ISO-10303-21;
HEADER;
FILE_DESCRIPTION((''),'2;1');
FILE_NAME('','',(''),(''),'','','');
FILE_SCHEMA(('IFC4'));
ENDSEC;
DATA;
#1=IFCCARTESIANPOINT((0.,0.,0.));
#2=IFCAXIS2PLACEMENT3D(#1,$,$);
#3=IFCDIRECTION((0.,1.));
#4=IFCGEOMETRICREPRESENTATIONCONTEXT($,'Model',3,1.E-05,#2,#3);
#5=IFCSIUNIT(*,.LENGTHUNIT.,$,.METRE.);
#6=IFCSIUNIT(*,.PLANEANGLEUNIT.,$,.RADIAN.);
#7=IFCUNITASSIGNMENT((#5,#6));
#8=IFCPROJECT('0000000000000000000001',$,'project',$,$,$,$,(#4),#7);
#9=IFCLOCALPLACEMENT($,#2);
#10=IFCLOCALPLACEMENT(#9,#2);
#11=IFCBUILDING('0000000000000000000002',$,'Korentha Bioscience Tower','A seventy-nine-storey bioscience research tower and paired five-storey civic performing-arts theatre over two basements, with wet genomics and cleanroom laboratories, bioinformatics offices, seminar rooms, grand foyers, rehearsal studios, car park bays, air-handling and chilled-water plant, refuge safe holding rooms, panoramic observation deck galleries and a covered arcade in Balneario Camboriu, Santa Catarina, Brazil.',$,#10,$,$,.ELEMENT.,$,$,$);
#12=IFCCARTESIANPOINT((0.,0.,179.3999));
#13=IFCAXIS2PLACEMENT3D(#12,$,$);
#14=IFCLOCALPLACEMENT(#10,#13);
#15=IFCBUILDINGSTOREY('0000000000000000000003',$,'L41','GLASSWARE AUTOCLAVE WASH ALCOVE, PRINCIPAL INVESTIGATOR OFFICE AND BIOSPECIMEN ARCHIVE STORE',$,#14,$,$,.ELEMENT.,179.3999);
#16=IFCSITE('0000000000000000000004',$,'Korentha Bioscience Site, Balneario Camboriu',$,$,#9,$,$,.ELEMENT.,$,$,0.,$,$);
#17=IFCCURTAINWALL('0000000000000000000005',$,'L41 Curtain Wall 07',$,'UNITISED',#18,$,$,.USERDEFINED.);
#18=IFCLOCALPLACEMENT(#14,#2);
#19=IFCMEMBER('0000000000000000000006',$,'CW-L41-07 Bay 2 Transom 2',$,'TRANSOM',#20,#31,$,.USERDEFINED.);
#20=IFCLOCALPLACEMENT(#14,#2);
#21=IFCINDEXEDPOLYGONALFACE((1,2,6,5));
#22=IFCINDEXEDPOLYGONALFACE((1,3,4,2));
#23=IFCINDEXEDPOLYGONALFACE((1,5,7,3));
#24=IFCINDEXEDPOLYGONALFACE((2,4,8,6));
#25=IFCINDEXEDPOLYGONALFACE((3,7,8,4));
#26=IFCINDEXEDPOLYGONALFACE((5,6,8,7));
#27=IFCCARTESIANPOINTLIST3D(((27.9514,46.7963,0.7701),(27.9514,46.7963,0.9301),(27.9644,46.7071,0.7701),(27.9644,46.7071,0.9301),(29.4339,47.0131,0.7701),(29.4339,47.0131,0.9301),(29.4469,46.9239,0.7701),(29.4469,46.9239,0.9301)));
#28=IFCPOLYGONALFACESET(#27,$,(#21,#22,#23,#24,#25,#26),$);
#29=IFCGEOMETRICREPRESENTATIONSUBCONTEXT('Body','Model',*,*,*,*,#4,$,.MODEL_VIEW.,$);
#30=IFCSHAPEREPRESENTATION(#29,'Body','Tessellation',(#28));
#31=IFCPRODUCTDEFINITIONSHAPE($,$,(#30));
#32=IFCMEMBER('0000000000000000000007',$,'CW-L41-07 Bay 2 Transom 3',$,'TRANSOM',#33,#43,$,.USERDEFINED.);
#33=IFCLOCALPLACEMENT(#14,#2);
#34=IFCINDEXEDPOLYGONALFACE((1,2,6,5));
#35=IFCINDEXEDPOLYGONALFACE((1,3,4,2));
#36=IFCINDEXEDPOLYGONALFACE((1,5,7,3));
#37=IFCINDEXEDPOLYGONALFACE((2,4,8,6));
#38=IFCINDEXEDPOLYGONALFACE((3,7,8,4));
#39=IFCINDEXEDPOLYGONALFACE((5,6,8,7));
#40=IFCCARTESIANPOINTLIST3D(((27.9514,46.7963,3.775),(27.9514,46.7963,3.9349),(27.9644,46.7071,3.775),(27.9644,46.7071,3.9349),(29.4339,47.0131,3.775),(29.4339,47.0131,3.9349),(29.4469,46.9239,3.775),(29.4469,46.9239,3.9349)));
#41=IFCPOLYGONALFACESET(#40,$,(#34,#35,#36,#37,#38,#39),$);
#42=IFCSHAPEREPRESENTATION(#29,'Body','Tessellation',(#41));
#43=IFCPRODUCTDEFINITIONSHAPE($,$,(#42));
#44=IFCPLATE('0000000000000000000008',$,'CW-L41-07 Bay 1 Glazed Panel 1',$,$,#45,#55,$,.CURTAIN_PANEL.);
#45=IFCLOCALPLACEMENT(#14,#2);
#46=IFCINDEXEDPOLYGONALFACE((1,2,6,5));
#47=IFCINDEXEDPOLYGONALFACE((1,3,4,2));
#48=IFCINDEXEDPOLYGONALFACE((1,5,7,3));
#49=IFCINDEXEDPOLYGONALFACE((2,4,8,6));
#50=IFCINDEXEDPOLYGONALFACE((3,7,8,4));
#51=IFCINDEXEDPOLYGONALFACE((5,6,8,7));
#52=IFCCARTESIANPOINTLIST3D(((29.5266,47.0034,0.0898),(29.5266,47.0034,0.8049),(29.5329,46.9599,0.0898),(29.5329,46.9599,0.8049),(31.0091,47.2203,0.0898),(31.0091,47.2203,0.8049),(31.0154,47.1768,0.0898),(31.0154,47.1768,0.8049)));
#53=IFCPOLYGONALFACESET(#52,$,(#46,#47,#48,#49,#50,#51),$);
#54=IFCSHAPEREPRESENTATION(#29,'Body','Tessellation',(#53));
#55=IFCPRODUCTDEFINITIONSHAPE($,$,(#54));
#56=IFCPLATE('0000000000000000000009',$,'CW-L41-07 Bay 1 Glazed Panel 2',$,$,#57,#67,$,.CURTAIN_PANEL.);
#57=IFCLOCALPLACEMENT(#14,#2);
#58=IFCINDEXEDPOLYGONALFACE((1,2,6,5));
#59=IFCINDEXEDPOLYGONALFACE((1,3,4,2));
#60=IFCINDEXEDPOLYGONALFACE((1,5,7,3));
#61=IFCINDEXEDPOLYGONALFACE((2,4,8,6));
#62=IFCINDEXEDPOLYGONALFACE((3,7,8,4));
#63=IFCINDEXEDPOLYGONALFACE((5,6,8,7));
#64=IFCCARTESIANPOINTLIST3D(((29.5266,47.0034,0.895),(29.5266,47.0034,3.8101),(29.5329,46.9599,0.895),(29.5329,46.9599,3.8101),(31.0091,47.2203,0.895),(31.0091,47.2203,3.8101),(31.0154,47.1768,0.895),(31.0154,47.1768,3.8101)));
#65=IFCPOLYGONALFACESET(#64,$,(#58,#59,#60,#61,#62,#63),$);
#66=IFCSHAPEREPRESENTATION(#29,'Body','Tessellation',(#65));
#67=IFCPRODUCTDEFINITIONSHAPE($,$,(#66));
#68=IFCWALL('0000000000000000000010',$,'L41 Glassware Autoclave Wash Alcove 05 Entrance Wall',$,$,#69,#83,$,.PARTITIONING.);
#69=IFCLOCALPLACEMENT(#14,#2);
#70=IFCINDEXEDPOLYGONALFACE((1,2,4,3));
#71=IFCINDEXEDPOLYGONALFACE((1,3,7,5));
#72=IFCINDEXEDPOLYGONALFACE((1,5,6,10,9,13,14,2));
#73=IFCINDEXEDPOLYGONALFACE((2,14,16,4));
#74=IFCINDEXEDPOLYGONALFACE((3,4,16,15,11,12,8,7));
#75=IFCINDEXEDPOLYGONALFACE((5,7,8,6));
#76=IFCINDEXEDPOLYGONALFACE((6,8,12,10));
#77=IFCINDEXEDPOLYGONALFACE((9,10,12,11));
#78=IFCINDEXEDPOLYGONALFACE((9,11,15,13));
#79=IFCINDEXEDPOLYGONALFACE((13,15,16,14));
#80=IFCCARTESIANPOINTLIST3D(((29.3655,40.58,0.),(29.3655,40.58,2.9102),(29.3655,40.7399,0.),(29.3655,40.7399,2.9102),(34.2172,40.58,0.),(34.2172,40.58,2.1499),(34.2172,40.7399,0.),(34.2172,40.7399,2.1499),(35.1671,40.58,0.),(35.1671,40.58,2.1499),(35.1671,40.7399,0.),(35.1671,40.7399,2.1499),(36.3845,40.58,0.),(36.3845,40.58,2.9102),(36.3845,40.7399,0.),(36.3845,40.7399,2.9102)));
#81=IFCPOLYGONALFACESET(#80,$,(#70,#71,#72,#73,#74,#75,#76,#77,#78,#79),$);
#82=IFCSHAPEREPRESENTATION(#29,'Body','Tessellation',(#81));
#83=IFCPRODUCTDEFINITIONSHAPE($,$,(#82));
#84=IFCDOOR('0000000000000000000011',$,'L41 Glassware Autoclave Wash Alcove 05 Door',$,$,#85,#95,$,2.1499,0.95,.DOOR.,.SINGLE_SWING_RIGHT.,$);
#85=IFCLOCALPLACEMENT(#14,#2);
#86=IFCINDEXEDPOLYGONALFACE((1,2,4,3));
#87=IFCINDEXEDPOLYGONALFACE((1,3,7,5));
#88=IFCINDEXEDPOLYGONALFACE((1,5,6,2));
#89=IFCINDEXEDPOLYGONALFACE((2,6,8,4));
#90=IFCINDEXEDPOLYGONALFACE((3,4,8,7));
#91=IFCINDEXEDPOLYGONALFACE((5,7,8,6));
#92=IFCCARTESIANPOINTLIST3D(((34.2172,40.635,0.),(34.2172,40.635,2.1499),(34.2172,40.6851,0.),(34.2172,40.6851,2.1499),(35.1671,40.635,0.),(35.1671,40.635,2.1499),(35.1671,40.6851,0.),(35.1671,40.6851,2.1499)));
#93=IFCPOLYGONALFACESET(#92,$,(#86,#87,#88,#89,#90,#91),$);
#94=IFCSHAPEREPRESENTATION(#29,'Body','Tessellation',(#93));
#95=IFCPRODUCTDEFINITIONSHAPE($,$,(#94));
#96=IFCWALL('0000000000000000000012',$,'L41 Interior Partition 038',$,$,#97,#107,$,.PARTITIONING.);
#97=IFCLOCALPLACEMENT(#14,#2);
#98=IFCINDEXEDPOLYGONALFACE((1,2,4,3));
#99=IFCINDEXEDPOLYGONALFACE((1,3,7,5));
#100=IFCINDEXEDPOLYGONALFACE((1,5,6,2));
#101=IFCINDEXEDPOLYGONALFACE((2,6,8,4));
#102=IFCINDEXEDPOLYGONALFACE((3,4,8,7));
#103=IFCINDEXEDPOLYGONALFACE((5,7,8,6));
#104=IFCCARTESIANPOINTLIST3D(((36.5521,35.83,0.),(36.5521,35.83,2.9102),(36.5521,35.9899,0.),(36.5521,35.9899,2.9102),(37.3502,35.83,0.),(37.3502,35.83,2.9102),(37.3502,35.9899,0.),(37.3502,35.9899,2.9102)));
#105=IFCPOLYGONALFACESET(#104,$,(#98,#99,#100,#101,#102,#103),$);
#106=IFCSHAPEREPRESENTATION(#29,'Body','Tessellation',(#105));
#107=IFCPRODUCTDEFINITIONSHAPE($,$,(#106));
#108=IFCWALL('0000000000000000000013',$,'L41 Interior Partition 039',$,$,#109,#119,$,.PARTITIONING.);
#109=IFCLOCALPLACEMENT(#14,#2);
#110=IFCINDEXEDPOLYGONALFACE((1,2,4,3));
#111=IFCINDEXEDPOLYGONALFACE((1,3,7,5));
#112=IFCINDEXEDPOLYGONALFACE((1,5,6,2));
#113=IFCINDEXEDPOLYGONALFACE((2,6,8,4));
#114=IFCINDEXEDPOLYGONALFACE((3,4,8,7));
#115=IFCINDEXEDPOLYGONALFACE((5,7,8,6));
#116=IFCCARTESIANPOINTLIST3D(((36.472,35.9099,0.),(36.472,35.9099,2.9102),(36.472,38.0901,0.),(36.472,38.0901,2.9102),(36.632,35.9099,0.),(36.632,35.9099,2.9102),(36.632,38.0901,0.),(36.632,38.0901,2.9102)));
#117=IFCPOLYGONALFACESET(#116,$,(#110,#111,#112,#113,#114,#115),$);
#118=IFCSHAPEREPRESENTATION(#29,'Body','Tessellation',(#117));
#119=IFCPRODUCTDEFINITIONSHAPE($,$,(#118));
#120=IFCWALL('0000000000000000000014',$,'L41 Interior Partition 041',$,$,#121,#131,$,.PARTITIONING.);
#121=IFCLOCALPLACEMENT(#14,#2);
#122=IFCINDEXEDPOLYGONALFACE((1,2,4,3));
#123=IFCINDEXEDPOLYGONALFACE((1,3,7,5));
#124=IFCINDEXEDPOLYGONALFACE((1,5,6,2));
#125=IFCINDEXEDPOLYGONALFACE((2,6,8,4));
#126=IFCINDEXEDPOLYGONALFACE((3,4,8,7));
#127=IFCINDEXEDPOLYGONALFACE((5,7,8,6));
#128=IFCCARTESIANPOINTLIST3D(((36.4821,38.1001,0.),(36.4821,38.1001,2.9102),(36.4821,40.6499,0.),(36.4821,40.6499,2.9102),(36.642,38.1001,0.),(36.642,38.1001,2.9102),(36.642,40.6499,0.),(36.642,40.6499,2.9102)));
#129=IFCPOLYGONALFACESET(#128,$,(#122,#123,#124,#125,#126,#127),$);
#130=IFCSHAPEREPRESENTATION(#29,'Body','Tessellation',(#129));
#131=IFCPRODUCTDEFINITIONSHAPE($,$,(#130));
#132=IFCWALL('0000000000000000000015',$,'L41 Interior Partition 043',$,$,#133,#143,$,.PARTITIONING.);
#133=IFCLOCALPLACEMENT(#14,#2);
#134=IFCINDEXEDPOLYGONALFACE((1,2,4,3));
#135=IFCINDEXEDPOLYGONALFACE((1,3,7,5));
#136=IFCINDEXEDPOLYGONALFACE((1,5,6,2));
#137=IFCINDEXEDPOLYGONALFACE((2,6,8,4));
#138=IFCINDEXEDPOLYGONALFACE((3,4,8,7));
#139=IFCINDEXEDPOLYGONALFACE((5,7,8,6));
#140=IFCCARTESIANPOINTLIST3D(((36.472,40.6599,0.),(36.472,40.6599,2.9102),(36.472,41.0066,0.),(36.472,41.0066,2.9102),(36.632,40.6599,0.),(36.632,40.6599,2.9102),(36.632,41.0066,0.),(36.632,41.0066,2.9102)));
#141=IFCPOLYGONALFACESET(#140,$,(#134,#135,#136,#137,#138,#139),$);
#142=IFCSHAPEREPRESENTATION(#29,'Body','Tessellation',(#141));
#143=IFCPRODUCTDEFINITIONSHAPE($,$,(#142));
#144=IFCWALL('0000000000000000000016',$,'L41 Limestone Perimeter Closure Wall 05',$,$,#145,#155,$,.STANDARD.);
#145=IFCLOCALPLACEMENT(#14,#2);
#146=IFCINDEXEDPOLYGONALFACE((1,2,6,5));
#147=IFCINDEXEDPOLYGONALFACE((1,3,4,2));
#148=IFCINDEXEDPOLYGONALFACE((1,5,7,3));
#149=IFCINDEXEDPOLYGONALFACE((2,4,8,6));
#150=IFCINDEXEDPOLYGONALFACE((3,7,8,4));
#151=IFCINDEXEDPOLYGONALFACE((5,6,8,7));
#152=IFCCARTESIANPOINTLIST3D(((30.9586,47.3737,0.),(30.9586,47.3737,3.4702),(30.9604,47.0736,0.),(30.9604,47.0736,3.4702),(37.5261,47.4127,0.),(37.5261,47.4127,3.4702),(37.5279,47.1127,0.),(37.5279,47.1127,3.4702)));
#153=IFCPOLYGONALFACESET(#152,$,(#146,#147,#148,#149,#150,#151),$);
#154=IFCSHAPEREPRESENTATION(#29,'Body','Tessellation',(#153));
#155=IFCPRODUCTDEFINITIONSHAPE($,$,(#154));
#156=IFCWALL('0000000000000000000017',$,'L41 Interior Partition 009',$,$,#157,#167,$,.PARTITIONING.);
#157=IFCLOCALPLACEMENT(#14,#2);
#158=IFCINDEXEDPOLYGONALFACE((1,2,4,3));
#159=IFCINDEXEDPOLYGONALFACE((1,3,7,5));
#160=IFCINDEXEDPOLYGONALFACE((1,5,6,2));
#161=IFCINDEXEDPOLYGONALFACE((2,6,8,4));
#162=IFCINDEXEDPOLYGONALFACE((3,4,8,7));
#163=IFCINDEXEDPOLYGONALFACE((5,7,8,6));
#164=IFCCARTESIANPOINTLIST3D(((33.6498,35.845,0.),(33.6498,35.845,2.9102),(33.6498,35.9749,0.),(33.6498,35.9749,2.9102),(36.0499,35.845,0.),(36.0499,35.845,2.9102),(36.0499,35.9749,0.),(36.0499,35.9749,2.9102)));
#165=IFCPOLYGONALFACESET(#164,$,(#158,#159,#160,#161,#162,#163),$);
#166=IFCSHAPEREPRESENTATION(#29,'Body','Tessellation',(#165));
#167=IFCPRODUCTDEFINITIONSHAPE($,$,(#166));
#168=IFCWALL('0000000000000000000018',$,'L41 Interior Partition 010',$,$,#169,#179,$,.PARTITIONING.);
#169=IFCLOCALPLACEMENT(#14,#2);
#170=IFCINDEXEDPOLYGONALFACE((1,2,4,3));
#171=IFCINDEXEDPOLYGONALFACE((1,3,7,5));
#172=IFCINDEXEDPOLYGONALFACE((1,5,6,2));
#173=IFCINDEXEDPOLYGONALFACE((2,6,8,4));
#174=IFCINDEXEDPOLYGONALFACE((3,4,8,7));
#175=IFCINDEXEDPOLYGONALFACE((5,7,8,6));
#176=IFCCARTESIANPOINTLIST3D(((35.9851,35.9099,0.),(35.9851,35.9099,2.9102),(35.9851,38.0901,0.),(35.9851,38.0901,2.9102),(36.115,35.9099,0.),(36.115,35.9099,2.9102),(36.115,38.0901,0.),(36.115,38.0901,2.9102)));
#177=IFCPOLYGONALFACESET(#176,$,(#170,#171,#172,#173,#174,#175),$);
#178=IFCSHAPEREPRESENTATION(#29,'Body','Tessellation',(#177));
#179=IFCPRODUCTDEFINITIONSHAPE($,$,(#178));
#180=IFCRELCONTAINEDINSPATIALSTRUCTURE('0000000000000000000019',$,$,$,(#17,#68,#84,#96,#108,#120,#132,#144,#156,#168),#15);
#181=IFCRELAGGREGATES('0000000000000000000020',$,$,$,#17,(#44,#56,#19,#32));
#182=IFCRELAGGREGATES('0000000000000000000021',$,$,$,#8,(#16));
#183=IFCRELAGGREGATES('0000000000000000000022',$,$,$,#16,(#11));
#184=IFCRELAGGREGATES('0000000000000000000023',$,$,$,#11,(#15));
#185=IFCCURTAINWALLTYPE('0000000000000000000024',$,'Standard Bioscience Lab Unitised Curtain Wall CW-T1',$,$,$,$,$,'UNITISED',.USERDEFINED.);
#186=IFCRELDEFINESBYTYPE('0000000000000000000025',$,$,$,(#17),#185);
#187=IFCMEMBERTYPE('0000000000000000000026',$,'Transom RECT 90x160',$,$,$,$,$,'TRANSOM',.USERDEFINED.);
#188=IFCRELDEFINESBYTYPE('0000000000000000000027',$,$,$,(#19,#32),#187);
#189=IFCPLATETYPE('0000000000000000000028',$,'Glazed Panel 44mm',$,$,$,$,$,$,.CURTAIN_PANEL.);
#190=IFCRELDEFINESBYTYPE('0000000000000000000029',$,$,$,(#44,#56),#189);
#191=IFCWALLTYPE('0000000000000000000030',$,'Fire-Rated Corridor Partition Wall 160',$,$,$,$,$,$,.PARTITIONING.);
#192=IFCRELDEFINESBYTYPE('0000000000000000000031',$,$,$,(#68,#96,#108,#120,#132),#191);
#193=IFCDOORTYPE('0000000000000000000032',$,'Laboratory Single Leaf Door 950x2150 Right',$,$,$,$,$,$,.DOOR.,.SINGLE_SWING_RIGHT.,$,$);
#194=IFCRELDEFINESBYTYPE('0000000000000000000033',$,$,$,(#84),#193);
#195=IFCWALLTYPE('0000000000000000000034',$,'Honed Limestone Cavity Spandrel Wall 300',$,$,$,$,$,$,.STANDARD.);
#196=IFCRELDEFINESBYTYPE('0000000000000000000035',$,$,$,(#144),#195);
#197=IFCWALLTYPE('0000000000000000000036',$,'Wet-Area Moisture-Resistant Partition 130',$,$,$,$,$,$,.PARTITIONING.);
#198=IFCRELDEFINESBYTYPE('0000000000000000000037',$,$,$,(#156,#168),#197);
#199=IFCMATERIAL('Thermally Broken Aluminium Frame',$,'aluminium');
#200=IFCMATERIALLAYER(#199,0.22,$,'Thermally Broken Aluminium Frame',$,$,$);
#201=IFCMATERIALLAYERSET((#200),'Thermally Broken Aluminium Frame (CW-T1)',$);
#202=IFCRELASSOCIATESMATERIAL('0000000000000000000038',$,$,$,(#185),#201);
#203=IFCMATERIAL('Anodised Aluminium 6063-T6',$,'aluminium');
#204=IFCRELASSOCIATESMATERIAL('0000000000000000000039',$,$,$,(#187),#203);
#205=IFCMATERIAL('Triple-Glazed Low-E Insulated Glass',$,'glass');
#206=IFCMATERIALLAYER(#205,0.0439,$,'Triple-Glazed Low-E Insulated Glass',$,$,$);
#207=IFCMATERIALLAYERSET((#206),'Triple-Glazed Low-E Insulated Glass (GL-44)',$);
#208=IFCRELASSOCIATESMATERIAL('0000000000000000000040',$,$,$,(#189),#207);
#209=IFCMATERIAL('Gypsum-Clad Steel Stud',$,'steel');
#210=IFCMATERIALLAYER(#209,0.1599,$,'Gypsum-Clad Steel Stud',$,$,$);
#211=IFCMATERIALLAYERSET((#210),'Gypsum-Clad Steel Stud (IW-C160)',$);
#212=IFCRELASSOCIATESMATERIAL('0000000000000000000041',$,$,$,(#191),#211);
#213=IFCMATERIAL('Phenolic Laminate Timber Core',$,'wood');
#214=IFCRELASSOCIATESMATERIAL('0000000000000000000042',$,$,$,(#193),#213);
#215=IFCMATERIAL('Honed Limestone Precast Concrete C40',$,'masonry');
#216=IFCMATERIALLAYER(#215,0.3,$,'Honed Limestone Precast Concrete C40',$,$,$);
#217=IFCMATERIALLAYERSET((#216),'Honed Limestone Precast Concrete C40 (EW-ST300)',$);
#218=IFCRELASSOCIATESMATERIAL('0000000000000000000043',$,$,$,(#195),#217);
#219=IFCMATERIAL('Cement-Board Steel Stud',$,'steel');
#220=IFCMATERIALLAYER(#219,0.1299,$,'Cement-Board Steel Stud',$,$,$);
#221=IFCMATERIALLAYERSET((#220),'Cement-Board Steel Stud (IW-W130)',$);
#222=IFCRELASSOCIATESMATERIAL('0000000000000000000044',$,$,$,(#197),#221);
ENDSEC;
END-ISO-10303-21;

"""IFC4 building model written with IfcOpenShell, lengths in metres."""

from ifc_helpers import new_model, si_unit, direction, frame, frame_2d, origin, origin_2d, place, context, subcontext, project, spatial, rectangle, extrude, material, layer, layer_set, material_profile, profile_set, type_object, element, fill, aggregate, save


model = new_model("IFC4")

# Units and contexts
model_context = context("Model", 3, precision=1e-05, world=origin(), true_north=direction((0.0, 1.0)))
body_context = subcontext(model_context, "Body", "Model", "MODEL_VIEW")
ifc_project = project(units=[si_unit("LENGTHUNIT", "METRE"), si_unit("PLANEANGLEUNIT", "RADIAN")], contexts=[model_context])

# Site, building, storey
site_placement = place(None, origin())
site = spatial("IfcSite", under=ifc_project, at=site_placement, Name="Korentha Bioscience Site, Balneario Camboriu", CompositionType="ELEMENT", RefElevation=0.0)
building_placement = place(site_placement, origin())
building = spatial("IfcBuilding", under=site, at=building_placement, Name="Korentha Bioscience Tower", Description="A seventy-nine-storey bioscience research tower and paired five-storey civic performing-arts theatre over two basements, with wet genomics and cleanroom laboratories, bioinformatics offices, seminar rooms, grand foyers, rehearsal studios, car park bays, air-handling and chilled-water plant, refuge safe holding rooms, panoramic observation deck galleries and a covered arcade in Balneario Camboriu, Santa Catarina, Brazil.", CompositionType="ELEMENT")
storey_placement = place(building_placement, frame((0.0, 0.0, 179.3999)))
storey = spatial("IfcBuildingStorey", under=building, at=storey_placement, Name="L41", Description="GLASSWARE AUTOCLAVE WASH ALCOVE, PRINCIPAL INVESTIGATOR OFFICE AND BIOSPECIMEN ARCHIVE STORE", CompositionType="ELEMENT", Elevation=179.3999)

# Curtain wall
ifc_material_1 = material(Name="Thermally Broken Aluminium Frame", Category="aluminium")
ifc_layer_1 = layer(ifc_material_1, 0.22, Name="Thermally Broken Aluminium Frame")
ifc_layer_set_1 = layer_set([ifc_layer_1], Name="Thermally Broken Aluminium Frame (CW-T1)")
curtain_wall_type = type_object("IfcCurtainWallType", Name="Standard Bioscience Lab Unitised Curtain Wall CW-T1", ElementType="UNITISED", PredefinedType="USERDEFINED", material=ifc_layer_set_1)
curtain_wall_placement = place(storey_placement, origin())
curtain_wall = element("IfcCurtainWall", 1, at=curtain_wall_placement, inside=storey, type_object=curtain_wall_type, Name="L41 Curtain Wall 07", ObjectType="UNITISED", PredefinedType="USERDEFINED")
ifc_material_2 = material(Name="Anodised Aluminium 6063-T6", Category="aluminium")

# Members
ifc_material_profile_1 = material_profile(ifc_material_2, rectangle(XDim=0.0901, YDim=0.1599, at=origin_2d()), Name="Anodised Aluminium 6063-T6")
ifc_profile_set_1 = profile_set([ifc_material_profile_1], Name="Anodised Aluminium 6063-T6 (CW-TRN)")
member_type_1 = type_object("IfcMemberType", Name="Transom RECT 90x160", ElementType="TRANSOM", PredefinedType="USERDEFINED", material=ifc_profile_set_1)
member_1_placement = place(storey_placement, frame((29.4404, 46.9685, 0.8501), z_axis=(-0.989475, -0.144706, 0.0), x_axis=(0.144706, -0.989475, 0.0)))
member_1 = element("IfcMember", 2, at=member_1_placement, type_object=member_type_1, Name="CW-L41-07 Bay 2 Transom 2", ObjectType="TRANSOM", PredefinedType="USERDEFINED", context=body_context, shape_type="SweptSolid", body=[
    extrude(rectangle(XDim=0.0901, YDim=0.1599, at=origin_2d()), origin(), (0.0, 0.0, 1.0), 1.4983),
])
member_2_placement = place(storey_placement, frame((29.4404, 46.9685, 3.855), z_axis=(-0.989475, -0.144706, 0.0), x_axis=(0.144706, -0.989475, 0.0)))
member_2 = element("IfcMember", 3, at=member_2_placement, type_object=member_type_1, Name="CW-L41-07 Bay 2 Transom 3", ObjectType="TRANSOM", PredefinedType="USERDEFINED", context=body_context, shape_type="SweptSolid", body=[
    extrude(rectangle(XDim=0.0901, YDim=0.1599, at=origin_2d()), origin(), (0.0, 0.0, 1.0), 1.4983),
])

# Plates
ifc_material_3 = material(Name="Triple-Glazed Low-E Insulated Glass", Category="glass")
ifc_layer_2 = layer(ifc_material_3, 0.0439, Name="Triple-Glazed Low-E Insulated Glass")
ifc_layer_set_2 = layer_set([ifc_layer_2], Name="Triple-Glazed Low-E Insulated Glass (GL-44)")
plate_type = type_object("IfcPlateType", Name="Glazed Panel 44mm", PredefinedType="CURTAIN_PANEL", material=ifc_layer_set_2)
plate_1_placement = place(storey_placement, frame((30.271, 47.0901, 0.0898), z_axis=(0.0, 0.0, 1.0), x_axis=(-0.989462, -0.144793, 0.0)))
plate_1 = element("IfcPlate", 4, at=plate_1_placement, type_object=plate_type, Name="CW-L41-07 Bay 1 Glazed Panel 1", PredefinedType="CURTAIN_PANEL", context=body_context, shape_type="SweptSolid", body=[
    extrude(rectangle(XDim=1.4983, YDim=0.0439, at=origin_2d()), origin(), (0.0, 0.0, 1.0), 0.7151),
])
plate_2_placement = place(storey_placement, frame((30.271, 47.0901, 0.895), z_axis=(0.0, 0.0, 1.0), x_axis=(-0.989462, -0.144793, 0.0)))
plate_2 = element("IfcPlate", 5, at=plate_2_placement, type_object=plate_type, Name="CW-L41-07 Bay 1 Glazed Panel 2", PredefinedType="CURTAIN_PANEL", context=body_context, shape_type="SweptSolid", body=[
    extrude(rectangle(XDim=1.4983, YDim=0.0439, at=origin_2d()), origin(), (0.0, 0.0, 1.0), 2.915),
])
aggregate(curtain_wall, [plate_1, plate_2, member_1, member_2])

# Wall, opening, door
ifc_material_4 = material(Name="Gypsum-Clad Steel Stud", Category="steel")
ifc_layer_3 = layer(ifc_material_4, 0.1599, Name="Gypsum-Clad Steel Stud")
ifc_layer_set_3 = layer_set([ifc_layer_3], Name="Gypsum-Clad Steel Stud (IW-C160)")
wall_type_1 = type_object("IfcWallType", Name="Fire-Rated Corridor Partition Wall 160", PredefinedType="PARTITIONING", material=ifc_layer_set_3)
wall_1_placement = place(storey_placement, frame((36.3845, 40.6599, 0.0), z_axis=(0.0, 0.0, 1.0), x_axis=(-1.0, 0.0, 0.0)))
wall_1 = element("IfcWall", 6, at=wall_1_placement, inside=storey, type_object=wall_type_1, Name="L41 Glassware Autoclave Wash Alcove 05 Entrance Wall", PredefinedType="PARTITIONING", context=body_context, shape_type="SweptSolid", body=[
    extrude(rectangle(XDim=7.019, YDim=0.1599, at=frame_2d((3.5095, 0.0))), origin(), (0.0, 0.0, 1.0), 2.9102),
])
opening_1_placement = place(wall_1_placement, frame((1.2173, 0.0, 0.0)))
opening_1 = element("IfcOpeningElement", 7, at=opening_1_placement, cuts=wall_1, PredefinedType="OPENING", context=body_context, shape_type="SweptSolid", body=[
    extrude(rectangle(XDim=0.95, YDim=2.1499, at=frame_2d((0.4751, 1.075))), frame((0.0, 0.0947, 0.0), z_axis=(0.0, -1.0, 0.0), x_axis=(1.0, 0.0, 0.0)), (0.0, 0.0, 1.0), 0.1897),
])
ifc_material_5 = material(Name="Phenolic Laminate Timber Core", Category="wood")
door_type_1 = type_object("IfcDoorType", Name="Laboratory Single Leaf Door 950x2150 Right", OperationType="SINGLE_SWING_RIGHT", PredefinedType="DOOR", material=ifc_material_5)
door_1_placement = place(opening_1_placement, origin())
door_1 = element("IfcDoor", 8, at=door_1_placement, inside=storey, type_object=door_type_1, Name="L41 Glassware Autoclave Wash Alcove 05 Door", OperationType="SINGLE_SWING_RIGHT", OverallHeight=2.1499, OverallWidth=0.95, PredefinedType="DOOR", context=body_context, shape_type="SweptSolid", body=[
    extrude(rectangle(XDim=0.95, YDim=2.1499, at=frame_2d((0.4751, 1.075))), frame((0.0, 0.0249, 0.0), z_axis=(0.0, -1.0, 0.0), x_axis=(1.0, 0.0, 0.0)), (0.0, 0.0, 1.0), 0.05),
])
fill(opening_1, door_1)

# Walls
wall_2_placement = place(storey_placement, frame((37.3501, 35.9099, 0.0), z_axis=(0.0, 0.0, 1.0), x_axis=(-1.0, 0.0, 0.0)))
element("IfcWall", 9, at=wall_2_placement, inside=storey, type_object=wall_type_1, Name="L41 Interior Partition 038", PredefinedType="PARTITIONING", context=body_context, shape_type="SweptSolid", body=[
    extrude(rectangle(XDim=0.7981, YDim=0.1599, at=frame_2d((0.3989, 0.0))), origin(), (0.0, 0.0, 1.0), 2.9102),
])
wall_3_placement = place(storey_placement, frame((36.552, 35.9099, 0.0), z_axis=(0.0, 0.0, 1.0), x_axis=(0.0, 1.0, 0.0)))
element("IfcWall", 10, at=wall_3_placement, inside=storey, type_object=wall_type_1, Name="L41 Interior Partition 039", PredefinedType="PARTITIONING", context=body_context, shape_type="SweptSolid", body=[
    extrude(rectangle(XDim=2.1802, YDim=0.1599, at=frame_2d((1.0901, 0.0))), origin(), (0.0, 0.0, 1.0), 2.9102),
])
wall_4_placement = place(storey_placement, frame((36.562, 38.1001, 0.0), z_axis=(0.0, 0.0, 1.0), x_axis=(0.0, 1.0, 0.0)))
element("IfcWall", 11, at=wall_4_placement, inside=storey, type_object=wall_type_1, Name="L41 Interior Partition 041", PredefinedType="PARTITIONING", context=body_context, shape_type="SweptSolid", body=[
    extrude(rectangle(XDim=2.5498, YDim=0.1599, at=frame_2d((1.2749, 0.0))), origin(), (0.0, 0.0, 1.0), 2.9102),
])
wall_5_placement = place(storey_placement, frame((36.552, 40.6599, 0.0), z_axis=(0.0, 0.0, 1.0), x_axis=(0.0, 1.0, 0.0)))
element("IfcWall", 12, at=wall_5_placement, inside=storey, type_object=wall_type_1, Name="L41 Interior Partition 043", PredefinedType="PARTITIONING", context=body_context, shape_type="SweptSolid", body=[
    extrude(rectangle(XDim=0.3467, YDim=0.1599, at=frame_2d((0.1733, 0.0))), origin(), (0.0, 0.0, 1.0), 2.9102),
])
ifc_material_6 = material(Name="Honed Limestone Precast Concrete C40", Category="masonry")
ifc_layer_4 = layer(ifc_material_6, 0.3, Name="Honed Limestone Precast Concrete C40")
ifc_layer_set_4 = layer_set([ifc_layer_4], Name="Honed Limestone Precast Concrete C40 (EW-ST300)")
wall_type_2 = type_object("IfcWallType", Name="Honed Limestone Cavity Spandrel Wall 300", PredefinedType="STANDARD", material=ifc_layer_set_4)
wall_6_placement = place(storey_placement, frame((37.5269, 47.2627, 0.0), z_axis=(0.0, 0.0, 1.0), x_axis=(-0.999982, -0.005948, 0.0)))
element("IfcWall", 13, at=wall_6_placement, inside=storey, type_object=wall_type_2, Name="L41 Limestone Perimeter Closure Wall 05", PredefinedType="STANDARD", context=body_context, shape_type="SweptSolid", body=[
    extrude(rectangle(XDim=6.5676, YDim=0.3, at=frame_2d((3.2837, 0.0))), origin(), (0.0, 0.0, 1.0), 3.4702),
])

# Shared definitions
ifc_material_7 = material(Name="Cement-Board Steel Stud", Category="steel")
ifc_layer_5 = layer(ifc_material_7, 0.1299, Name="Cement-Board Steel Stud")
ifc_layer_set_5 = layer_set([ifc_layer_5], Name="Cement-Board Steel Stud (IW-W130)")
wall_type_3 = type_object("IfcWallType", Name="Wet-Area Moisture-Resistant Partition 130", PredefinedType="PARTITIONING", material=ifc_layer_set_5)

# Walls
wall_7_placement = place(storey_placement, frame((36.05, 35.9099, 0.0), z_axis=(0.0, 0.0, 1.0), x_axis=(-1.0, 0.0, 0.0)))
element("IfcWall", 14, at=wall_7_placement, inside=storey, type_object=wall_type_3, Name="L41 Interior Partition 009", PredefinedType="PARTITIONING", context=body_context, shape_type="SweptSolid", body=[
    extrude(rectangle(XDim=2.4001, YDim=0.1299, at=frame_2d((1.2002, 0.0))), origin(), (0.0, 0.0, 1.0), 2.9102),
])
wall_8_placement = place(storey_placement, frame((36.05, 38.0901, 0.0), z_axis=(0.0, 0.0, 1.0), x_axis=(0.0, -1.0, 0.0)))
element("IfcWall", 15, at=wall_8_placement, inside=storey, type_object=wall_type_3, Name="L41 Interior Partition 010", PredefinedType="PARTITIONING", context=body_context, shape_type="SweptSolid", body=[
    extrude(rectangle(XDim=2.1802, YDim=0.1299, at=frame_2d((1.0901, 0.0))), origin(), (0.0, 0.0, 1.0), 2.9102),
])

save(model, "model.ifc")
